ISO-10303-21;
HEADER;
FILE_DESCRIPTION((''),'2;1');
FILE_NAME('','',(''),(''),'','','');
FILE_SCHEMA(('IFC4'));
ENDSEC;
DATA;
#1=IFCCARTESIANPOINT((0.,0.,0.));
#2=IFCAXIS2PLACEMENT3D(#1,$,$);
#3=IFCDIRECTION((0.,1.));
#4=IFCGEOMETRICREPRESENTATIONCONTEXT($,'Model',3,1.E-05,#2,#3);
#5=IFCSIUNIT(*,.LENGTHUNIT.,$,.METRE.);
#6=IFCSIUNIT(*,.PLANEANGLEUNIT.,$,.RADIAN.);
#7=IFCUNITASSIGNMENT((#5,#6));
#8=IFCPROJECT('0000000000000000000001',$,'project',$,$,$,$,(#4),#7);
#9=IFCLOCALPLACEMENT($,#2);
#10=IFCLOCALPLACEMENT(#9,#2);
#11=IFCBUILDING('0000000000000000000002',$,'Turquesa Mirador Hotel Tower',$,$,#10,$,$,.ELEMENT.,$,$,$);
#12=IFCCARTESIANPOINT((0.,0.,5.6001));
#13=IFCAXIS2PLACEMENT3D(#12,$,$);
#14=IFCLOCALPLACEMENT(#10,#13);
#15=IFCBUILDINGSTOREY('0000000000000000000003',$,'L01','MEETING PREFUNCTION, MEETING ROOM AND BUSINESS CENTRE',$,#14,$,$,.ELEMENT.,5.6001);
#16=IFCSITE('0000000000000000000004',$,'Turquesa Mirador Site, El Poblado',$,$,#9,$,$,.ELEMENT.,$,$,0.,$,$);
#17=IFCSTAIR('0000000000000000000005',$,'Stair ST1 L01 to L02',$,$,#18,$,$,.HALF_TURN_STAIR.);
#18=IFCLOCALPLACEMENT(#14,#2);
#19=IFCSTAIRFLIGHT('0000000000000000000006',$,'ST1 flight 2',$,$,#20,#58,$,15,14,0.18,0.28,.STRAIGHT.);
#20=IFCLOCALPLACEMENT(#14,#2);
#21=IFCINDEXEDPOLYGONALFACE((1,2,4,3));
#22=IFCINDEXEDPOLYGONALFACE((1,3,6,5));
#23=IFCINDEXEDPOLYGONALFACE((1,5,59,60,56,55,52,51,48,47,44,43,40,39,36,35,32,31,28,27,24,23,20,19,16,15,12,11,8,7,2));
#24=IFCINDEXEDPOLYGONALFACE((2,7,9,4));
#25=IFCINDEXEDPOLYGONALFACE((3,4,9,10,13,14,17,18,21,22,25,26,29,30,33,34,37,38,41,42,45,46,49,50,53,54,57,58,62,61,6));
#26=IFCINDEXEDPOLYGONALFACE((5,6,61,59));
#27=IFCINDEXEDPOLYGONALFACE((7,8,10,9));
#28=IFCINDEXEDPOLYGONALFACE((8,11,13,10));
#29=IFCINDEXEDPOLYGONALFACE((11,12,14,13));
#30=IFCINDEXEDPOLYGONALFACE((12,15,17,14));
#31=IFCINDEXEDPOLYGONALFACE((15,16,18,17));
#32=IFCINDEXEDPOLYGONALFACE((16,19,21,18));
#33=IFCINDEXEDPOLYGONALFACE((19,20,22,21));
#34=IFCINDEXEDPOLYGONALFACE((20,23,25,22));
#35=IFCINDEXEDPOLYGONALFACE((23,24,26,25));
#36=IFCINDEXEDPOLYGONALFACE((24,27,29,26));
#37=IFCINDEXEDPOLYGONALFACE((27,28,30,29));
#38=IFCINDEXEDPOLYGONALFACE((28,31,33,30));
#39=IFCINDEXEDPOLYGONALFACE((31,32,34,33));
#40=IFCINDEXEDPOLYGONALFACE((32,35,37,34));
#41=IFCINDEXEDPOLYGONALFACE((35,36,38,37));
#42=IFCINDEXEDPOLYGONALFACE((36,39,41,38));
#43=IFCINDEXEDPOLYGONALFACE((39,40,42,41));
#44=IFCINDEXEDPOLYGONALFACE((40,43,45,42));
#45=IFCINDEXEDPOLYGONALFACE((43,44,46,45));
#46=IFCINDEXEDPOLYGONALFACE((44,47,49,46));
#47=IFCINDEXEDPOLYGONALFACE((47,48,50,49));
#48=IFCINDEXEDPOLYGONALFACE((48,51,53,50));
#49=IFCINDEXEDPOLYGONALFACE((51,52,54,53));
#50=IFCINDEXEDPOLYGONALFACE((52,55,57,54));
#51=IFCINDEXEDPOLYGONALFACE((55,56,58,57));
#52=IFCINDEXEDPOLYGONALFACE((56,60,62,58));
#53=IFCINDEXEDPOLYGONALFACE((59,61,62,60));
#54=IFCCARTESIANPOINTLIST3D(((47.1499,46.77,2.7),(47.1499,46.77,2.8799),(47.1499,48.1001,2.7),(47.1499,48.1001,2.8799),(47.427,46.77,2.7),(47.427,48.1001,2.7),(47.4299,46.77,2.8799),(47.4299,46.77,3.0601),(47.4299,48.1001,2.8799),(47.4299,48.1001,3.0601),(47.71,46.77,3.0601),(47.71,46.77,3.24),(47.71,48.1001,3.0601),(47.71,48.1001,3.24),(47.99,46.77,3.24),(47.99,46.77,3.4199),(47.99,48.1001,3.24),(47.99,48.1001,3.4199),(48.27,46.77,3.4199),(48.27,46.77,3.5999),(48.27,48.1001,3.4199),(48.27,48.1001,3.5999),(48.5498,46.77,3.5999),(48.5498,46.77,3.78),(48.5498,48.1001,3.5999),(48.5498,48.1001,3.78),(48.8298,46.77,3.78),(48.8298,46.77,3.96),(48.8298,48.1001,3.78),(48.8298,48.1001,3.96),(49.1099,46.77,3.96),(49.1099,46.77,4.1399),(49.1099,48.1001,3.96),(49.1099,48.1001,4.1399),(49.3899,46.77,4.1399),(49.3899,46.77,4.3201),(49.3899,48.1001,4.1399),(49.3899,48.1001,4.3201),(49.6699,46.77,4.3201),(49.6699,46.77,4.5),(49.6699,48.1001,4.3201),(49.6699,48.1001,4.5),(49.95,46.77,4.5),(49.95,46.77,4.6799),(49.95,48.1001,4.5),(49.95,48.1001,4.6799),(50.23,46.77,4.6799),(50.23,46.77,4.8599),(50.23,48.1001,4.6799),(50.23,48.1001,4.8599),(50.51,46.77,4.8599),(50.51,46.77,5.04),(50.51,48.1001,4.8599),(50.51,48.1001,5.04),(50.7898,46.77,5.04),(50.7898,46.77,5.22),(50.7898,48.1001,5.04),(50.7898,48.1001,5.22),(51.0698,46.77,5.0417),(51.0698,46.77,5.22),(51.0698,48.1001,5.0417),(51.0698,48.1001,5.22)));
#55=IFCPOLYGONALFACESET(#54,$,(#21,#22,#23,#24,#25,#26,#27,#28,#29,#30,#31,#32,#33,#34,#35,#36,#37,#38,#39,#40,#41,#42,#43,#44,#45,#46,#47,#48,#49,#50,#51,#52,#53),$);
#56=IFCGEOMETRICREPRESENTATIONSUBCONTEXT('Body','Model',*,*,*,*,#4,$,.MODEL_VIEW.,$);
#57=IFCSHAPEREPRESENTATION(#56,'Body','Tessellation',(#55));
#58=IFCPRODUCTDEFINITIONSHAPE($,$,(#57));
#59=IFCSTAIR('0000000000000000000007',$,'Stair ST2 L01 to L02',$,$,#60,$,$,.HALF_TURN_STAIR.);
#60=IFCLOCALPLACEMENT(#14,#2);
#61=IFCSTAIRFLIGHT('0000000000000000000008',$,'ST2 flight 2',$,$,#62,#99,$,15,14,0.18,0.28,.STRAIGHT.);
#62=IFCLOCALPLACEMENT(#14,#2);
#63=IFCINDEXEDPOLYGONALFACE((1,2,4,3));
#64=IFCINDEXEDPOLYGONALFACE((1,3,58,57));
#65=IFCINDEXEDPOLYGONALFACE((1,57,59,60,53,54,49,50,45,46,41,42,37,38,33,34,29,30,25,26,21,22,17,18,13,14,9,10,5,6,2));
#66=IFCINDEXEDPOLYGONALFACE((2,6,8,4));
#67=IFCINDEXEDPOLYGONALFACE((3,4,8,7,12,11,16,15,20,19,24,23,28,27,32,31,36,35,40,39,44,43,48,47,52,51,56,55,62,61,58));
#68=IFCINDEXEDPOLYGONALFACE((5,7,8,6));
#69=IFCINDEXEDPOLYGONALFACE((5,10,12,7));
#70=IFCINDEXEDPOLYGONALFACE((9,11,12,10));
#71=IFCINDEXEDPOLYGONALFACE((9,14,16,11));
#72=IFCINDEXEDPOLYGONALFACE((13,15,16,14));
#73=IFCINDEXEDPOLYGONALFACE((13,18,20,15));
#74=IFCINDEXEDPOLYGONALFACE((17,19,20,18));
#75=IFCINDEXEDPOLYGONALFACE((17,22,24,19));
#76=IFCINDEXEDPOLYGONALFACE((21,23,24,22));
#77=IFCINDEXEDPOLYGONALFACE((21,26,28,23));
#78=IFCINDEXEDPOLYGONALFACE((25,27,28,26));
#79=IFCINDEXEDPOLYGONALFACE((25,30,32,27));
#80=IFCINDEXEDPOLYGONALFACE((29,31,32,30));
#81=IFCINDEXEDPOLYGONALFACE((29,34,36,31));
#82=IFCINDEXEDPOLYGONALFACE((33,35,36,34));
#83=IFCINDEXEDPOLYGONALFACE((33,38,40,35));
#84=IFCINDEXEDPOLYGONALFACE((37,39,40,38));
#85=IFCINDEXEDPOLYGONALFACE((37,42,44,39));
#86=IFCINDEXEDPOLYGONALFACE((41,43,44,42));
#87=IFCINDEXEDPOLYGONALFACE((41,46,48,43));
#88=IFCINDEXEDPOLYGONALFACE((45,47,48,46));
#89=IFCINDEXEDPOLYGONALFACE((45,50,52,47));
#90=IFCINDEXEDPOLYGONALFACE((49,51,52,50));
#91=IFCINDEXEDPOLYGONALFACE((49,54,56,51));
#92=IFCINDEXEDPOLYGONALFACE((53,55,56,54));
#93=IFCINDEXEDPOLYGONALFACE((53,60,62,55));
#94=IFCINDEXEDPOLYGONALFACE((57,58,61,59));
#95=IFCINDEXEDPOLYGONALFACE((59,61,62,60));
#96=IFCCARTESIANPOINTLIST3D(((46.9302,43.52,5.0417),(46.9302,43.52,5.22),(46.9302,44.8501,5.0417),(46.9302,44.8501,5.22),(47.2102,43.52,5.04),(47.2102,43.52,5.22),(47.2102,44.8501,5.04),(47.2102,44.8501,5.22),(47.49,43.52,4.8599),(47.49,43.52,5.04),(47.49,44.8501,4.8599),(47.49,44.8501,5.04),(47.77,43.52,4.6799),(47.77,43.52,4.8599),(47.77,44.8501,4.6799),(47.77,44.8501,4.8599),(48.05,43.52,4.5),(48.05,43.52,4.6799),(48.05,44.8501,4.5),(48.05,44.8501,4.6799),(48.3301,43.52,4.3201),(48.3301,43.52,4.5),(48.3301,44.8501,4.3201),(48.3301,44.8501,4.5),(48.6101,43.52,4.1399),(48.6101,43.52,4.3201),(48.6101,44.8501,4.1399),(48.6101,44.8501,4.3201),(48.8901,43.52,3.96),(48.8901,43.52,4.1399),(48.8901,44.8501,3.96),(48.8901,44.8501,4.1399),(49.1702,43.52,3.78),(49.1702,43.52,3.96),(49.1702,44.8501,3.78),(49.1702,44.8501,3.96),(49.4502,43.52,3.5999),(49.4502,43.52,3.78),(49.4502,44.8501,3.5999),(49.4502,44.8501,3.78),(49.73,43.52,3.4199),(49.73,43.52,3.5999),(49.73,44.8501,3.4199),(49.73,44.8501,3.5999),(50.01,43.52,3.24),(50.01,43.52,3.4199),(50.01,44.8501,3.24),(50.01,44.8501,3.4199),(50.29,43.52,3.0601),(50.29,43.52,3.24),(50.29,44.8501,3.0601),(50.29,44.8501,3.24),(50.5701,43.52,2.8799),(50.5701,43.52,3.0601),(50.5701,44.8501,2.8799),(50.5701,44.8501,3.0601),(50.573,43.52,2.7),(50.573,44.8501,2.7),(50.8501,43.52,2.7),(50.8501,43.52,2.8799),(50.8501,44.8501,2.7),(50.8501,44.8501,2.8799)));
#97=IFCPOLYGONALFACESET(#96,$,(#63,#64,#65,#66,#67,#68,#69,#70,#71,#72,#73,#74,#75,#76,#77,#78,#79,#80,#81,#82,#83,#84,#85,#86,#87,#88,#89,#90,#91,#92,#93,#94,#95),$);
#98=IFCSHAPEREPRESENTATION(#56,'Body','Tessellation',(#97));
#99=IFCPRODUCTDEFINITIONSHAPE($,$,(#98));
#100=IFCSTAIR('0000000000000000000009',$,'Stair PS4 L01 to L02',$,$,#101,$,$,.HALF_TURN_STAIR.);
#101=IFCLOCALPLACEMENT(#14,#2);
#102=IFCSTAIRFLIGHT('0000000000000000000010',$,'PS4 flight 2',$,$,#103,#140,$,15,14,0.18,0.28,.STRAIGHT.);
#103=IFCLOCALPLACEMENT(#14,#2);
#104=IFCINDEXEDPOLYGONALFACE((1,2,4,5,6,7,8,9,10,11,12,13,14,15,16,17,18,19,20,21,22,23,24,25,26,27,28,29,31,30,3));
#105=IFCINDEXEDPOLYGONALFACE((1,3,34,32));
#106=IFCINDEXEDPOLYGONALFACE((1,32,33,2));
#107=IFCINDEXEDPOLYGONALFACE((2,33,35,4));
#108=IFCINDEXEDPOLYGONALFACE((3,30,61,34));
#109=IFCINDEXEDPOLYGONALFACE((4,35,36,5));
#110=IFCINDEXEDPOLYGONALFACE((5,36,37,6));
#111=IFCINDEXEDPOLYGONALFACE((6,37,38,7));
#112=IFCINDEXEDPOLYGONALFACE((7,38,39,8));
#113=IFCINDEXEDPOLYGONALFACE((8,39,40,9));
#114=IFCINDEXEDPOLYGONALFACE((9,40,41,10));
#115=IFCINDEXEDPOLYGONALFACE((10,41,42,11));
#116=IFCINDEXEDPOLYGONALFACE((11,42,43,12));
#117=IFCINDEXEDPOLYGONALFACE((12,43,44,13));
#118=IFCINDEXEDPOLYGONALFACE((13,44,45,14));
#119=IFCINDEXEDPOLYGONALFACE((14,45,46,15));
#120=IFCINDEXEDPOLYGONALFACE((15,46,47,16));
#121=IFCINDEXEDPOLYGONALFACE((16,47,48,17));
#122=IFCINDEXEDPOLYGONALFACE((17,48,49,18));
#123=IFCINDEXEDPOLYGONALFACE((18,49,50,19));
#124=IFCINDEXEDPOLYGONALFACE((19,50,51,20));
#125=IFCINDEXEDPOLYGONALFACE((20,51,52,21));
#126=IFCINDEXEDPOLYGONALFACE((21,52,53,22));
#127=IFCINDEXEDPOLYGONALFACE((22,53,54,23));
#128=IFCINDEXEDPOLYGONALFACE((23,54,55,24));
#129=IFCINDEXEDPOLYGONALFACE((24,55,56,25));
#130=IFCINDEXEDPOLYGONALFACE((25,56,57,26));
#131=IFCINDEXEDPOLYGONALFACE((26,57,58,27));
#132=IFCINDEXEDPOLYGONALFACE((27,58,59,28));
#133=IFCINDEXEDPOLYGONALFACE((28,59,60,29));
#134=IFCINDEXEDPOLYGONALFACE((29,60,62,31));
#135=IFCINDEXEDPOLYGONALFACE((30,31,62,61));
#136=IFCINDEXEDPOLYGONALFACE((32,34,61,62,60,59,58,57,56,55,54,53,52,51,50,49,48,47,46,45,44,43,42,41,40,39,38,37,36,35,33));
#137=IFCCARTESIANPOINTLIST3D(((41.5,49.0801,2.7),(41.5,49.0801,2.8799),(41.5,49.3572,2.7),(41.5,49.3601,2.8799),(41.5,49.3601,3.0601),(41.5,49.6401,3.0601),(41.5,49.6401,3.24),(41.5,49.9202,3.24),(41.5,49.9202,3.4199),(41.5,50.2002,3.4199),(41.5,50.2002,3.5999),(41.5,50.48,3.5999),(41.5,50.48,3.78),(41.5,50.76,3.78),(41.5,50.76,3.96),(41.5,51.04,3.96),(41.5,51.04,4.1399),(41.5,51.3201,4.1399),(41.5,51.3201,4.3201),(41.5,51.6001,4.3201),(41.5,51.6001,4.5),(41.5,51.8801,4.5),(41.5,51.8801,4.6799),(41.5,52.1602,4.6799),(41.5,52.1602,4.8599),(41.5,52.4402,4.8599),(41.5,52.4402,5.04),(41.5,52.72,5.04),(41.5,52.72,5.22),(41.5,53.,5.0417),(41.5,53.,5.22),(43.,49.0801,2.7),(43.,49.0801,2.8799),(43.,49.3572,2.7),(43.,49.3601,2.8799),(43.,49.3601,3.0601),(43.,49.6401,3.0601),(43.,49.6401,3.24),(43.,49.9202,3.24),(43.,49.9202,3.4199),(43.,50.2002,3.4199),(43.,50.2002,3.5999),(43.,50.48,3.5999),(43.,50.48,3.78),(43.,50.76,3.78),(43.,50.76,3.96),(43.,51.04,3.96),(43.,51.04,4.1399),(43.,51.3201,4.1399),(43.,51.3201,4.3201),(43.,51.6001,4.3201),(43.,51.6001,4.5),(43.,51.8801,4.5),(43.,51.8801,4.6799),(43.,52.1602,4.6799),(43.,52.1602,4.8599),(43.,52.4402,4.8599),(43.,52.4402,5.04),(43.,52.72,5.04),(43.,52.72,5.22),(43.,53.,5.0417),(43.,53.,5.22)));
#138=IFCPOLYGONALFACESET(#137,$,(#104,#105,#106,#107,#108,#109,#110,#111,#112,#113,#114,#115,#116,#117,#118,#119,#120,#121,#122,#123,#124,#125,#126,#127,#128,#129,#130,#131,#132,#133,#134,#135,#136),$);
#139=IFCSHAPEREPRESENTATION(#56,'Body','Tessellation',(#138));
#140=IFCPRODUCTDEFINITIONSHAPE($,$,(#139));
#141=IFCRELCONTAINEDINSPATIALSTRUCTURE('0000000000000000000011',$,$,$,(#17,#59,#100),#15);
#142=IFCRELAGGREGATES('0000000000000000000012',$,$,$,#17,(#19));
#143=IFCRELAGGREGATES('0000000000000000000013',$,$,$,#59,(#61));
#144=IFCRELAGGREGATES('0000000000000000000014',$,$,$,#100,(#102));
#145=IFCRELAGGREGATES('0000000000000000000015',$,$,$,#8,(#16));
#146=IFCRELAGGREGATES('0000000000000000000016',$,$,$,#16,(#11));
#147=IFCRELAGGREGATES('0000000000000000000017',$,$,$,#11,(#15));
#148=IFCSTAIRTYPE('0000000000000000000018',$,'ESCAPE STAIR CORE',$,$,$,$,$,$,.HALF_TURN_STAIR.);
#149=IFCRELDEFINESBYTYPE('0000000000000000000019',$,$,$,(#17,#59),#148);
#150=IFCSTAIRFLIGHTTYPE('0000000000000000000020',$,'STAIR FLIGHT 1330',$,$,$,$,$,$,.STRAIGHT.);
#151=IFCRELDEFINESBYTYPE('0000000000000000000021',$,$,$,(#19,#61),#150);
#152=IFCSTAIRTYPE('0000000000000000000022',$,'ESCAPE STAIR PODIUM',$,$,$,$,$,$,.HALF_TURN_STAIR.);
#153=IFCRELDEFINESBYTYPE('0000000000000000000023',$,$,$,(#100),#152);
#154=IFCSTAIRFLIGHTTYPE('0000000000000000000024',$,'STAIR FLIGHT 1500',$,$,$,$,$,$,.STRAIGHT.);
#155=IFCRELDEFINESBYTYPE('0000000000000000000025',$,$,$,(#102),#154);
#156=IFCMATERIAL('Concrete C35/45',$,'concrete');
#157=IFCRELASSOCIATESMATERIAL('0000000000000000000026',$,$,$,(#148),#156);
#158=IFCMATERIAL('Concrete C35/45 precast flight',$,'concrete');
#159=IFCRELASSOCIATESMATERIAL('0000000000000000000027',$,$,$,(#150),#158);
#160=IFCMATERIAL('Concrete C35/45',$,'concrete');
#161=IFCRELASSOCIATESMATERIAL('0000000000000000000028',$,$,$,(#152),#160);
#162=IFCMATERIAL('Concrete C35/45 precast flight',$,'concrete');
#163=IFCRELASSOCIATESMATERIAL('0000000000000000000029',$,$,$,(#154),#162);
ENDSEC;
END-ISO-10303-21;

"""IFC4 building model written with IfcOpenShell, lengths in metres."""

from ifc_helpers import new_model, si_unit, direction, frame, origin, place, context, subcontext, project, spatial, polyline, outline, extrude, material, type_object, element, aggregate, save


model = new_model("IFC4")

# Units and contexts
model_context = context("Model", 3, precision=1e-05, world=origin(), true_north=direction((0.0, 1.0)))
body_context = subcontext(model_context, "Body", "Model", "MODEL_VIEW")
ifc_project = project(units=[si_unit("LENGTHUNIT", "METRE"), si_unit("PLANEANGLEUNIT", "RADIAN")], contexts=[model_context])

# Site, building, storey
site_placement = place(None, origin())
site = spatial("IfcSite", under=ifc_project, at=site_placement, Name="Turquesa Mirador Site, El Poblado", CompositionType="ELEMENT", RefElevation=0.0)
building_placement = place(site_placement, origin())
building = spatial("IfcBuilding", under=site, at=building_placement, Name="Turquesa Mirador Hotel Tower", CompositionType="ELEMENT")
storey_placement = place(building_placement, frame((0.0, 0.0, 5.6001)))
storey = spatial("IfcBuildingStorey", under=building, at=storey_placement, Name="L01", Description="MEETING PREFUNCTION, MEETING ROOM AND BUSINESS CENTRE", CompositionType="ELEMENT", Elevation=5.6001)

# Stair, stair flight
ifc_material_1 = material(Name="Concrete C35/45", Category="concrete")
stair_type_1 = type_object("IfcStairType", Name="ESCAPE STAIR CORE", PredefinedType="HALF_TURN_STAIR", material=ifc_material_1)
stair_1_placement = place(storey_placement, origin())
stair_1 = element("IfcStair", 1, at=stair_1_placement, inside=storey, type_object=stair_type_1, Name="Stair ST1 L01 to L02", PredefinedType="HALF_TURN_STAIR")
ifc_material_2 = material(Name="Concrete C35/45 precast flight", Category="concrete")
stair_flight_type_1 = type_object("IfcStairFlightType", Name="STAIR FLIGHT 1330", PredefinedType="STRAIGHT", material=ifc_material_2)
stair_flight_1_placement = place(storey_placement, frame((47.1499, 47.4351, 2.7), z_axis=(0.0, 0.0, 1.0), x_axis=(1.0, 0.0, 0.0)))
stair_flight_1 = element("IfcStairFlight", 2, at=stair_flight_1_placement, type_object=stair_flight_type_1, Name="ST1 flight 2", NumberOfRisers=15, NumberOfTreads=14, PredefinedType="STRAIGHT", RiserHeight=0.18, TreadLength=0.28, context=body_context, shape_type="SweptSolid", body=[
    extrude(outline(polyline([(0.0, 0.0), (0.0, 0.1799), (0.28, 0.1799), (0.28, 0.3601), (0.5601, 0.3601), (0.5601, 0.54), (0.8401, 0.54), (0.8401, 0.72), (1.1201, 0.72), (1.1201, 0.8999), (1.3999, 0.8999), (1.3999, 1.0801), (1.6799, 1.0801), (1.6799, 1.26), (1.96, 1.26), (1.96, 1.4399), (2.24, 1.4399), (2.24, 1.6201), (2.52, 1.6201), (2.52, 1.8), (2.8, 1.8), (2.8, 1.98), (3.0801, 1.98), (3.0801, 2.1599), (3.3601, 2.1599), (3.3601, 2.3401), (3.6399, 2.3401), (3.6399, 2.52), (3.9199, 2.52), (3.9199, 2.7), (3.9199, 2.3418), (0.2771, 0.0), (0.0, 0.0)])), frame((0.0, 0.665, 0.0), z_axis=(0.0, -1.0, 0.0), x_axis=(1.0, 0.0, 0.0)), (0.0, 0.0, 1.0), 1.3301),
])
aggregate(stair_1, [stair_flight_1])

# Stairs, stair flights
stair_2_placement = place(storey_placement, origin())
stair_2 = element("IfcStair", 3, at=stair_2_placement, inside=storey, type_object=stair_type_1, Name="Stair ST2 L01 to L02", PredefinedType="HALF_TURN_STAIR")
stair_flight_2_placement = place(storey_placement, frame((50.8501, 44.1851, 2.7), z_axis=(0.0, 0.0, 1.0), x_axis=(-1.0, 0.0, 0.0)))
stair_flight_2 = element("IfcStairFlight", 4, at=stair_flight_2_placement, type_object=stair_flight_type_1, Name="ST2 flight 2", NumberOfRisers=15, NumberOfTreads=14, PredefinedType="STRAIGHT", RiserHeight=0.18, TreadLength=0.28, context=body_context, shape_type="SweptSolid", body=[
    extrude(outline(polyline([(0.0, 0.0), (0.0, 0.1799), (0.28, 0.1799), (0.28, 0.3601), (0.5601, 0.3601), (0.5601, 0.54), (0.8401, 0.54), (0.8401, 0.72), (1.1201, 0.72), (1.1201, 0.8999), (1.3999, 0.8999), (1.3999, 1.0801), (1.6799, 1.0801), (1.6799, 1.26), (1.96, 1.26), (1.96, 1.4399), (2.24, 1.4399), (2.24, 1.6201), (2.52, 1.6201), (2.52, 1.8), (2.8, 1.8), (2.8, 1.98), (3.0801, 1.98), (3.0801, 2.1599), (3.3601, 2.1599), (3.3601, 2.3401), (3.6399, 2.3401), (3.6399, 2.52), (3.9199, 2.52), (3.9199, 2.7), (3.9199, 2.3418), (0.2771, 0.0), (0.0, 0.0)])), frame((0.0, 0.665, 0.0), z_axis=(0.0, -1.0, 0.0), x_axis=(1.0, 0.0, 0.0)), (0.0, 0.0, 1.0), 1.3301),
])
aggregate(stair_2, [stair_flight_2])
ifc_material_3 = material(Name="Concrete C35/45", Category="concrete")
stair_type_2 = type_object("IfcStairType", Name="ESCAPE STAIR PODIUM", PredefinedType="HALF_TURN_STAIR", material=ifc_material_3)
stair_3_placement = place(storey_placement, origin())
stair_3 = element("IfcStair", 5, at=stair_3_placement, inside=storey, type_object=stair_type_2, Name="Stair PS4 L01 to L02", PredefinedType="HALF_TURN_STAIR")
ifc_material_4 = material(Name="Concrete C35/45 precast flight", Category="concrete")
stair_flight_type_2 = type_object("IfcStairFlightType", Name="STAIR FLIGHT 1500", PredefinedType="STRAIGHT", material=ifc_material_4)
stair_flight_3_placement = place(storey_placement, frame((42.25, 49.0801, 2.7), z_axis=(0.0, 0.0, 1.0), x_axis=(0.0, 1.0, 0.0)))
stair_flight_3 = element("IfcStairFlight", 6, at=stair_flight_3_placement, type_object=stair_flight_type_2, Name="PS4 flight 2", NumberOfRisers=15, NumberOfTreads=14, PredefinedType="STRAIGHT", RiserHeight=0.18, TreadLength=0.28, context=body_context, shape_type="SweptSolid", body=[
    extrude(outline(polyline([(0.0, 0.0), (0.0, 0.1799), (0.28, 0.1799), (0.28, 0.3601), (0.5601, 0.3601), (0.5601, 0.54), (0.8401, 0.54), (0.8401, 0.72), (1.1201, 0.72), (1.1201, 0.8999), (1.3999, 0.8999), (1.3999, 1.0801), (1.6799, 1.0801), (1.6799, 1.26), (1.96, 1.26), (1.96, 1.4399), (2.24, 1.4399), (2.24, 1.6201), (2.52, 1.6201), (2.52, 1.8), (2.8, 1.8), (2.8, 1.98), (3.0801, 1.98), (3.0801, 2.1599), (3.3601, 2.1599), (3.3601, 2.3401), (3.6399, 2.3401), (3.6399, 2.52), (3.9199, 2.52), (3.9199, 2.7), (3.9199, 2.3418), (0.2771, 0.0), (0.0, 0.0)])), frame((0.0, 0.75, 0.0), z_axis=(0.0, -1.0, 0.0), x_axis=(1.0, 0.0, 0.0)), (0.0, 0.0, 1.0), 1.5),
])
aggregate(stair_3, [stair_flight_3])

save(model, "model.ifc")
